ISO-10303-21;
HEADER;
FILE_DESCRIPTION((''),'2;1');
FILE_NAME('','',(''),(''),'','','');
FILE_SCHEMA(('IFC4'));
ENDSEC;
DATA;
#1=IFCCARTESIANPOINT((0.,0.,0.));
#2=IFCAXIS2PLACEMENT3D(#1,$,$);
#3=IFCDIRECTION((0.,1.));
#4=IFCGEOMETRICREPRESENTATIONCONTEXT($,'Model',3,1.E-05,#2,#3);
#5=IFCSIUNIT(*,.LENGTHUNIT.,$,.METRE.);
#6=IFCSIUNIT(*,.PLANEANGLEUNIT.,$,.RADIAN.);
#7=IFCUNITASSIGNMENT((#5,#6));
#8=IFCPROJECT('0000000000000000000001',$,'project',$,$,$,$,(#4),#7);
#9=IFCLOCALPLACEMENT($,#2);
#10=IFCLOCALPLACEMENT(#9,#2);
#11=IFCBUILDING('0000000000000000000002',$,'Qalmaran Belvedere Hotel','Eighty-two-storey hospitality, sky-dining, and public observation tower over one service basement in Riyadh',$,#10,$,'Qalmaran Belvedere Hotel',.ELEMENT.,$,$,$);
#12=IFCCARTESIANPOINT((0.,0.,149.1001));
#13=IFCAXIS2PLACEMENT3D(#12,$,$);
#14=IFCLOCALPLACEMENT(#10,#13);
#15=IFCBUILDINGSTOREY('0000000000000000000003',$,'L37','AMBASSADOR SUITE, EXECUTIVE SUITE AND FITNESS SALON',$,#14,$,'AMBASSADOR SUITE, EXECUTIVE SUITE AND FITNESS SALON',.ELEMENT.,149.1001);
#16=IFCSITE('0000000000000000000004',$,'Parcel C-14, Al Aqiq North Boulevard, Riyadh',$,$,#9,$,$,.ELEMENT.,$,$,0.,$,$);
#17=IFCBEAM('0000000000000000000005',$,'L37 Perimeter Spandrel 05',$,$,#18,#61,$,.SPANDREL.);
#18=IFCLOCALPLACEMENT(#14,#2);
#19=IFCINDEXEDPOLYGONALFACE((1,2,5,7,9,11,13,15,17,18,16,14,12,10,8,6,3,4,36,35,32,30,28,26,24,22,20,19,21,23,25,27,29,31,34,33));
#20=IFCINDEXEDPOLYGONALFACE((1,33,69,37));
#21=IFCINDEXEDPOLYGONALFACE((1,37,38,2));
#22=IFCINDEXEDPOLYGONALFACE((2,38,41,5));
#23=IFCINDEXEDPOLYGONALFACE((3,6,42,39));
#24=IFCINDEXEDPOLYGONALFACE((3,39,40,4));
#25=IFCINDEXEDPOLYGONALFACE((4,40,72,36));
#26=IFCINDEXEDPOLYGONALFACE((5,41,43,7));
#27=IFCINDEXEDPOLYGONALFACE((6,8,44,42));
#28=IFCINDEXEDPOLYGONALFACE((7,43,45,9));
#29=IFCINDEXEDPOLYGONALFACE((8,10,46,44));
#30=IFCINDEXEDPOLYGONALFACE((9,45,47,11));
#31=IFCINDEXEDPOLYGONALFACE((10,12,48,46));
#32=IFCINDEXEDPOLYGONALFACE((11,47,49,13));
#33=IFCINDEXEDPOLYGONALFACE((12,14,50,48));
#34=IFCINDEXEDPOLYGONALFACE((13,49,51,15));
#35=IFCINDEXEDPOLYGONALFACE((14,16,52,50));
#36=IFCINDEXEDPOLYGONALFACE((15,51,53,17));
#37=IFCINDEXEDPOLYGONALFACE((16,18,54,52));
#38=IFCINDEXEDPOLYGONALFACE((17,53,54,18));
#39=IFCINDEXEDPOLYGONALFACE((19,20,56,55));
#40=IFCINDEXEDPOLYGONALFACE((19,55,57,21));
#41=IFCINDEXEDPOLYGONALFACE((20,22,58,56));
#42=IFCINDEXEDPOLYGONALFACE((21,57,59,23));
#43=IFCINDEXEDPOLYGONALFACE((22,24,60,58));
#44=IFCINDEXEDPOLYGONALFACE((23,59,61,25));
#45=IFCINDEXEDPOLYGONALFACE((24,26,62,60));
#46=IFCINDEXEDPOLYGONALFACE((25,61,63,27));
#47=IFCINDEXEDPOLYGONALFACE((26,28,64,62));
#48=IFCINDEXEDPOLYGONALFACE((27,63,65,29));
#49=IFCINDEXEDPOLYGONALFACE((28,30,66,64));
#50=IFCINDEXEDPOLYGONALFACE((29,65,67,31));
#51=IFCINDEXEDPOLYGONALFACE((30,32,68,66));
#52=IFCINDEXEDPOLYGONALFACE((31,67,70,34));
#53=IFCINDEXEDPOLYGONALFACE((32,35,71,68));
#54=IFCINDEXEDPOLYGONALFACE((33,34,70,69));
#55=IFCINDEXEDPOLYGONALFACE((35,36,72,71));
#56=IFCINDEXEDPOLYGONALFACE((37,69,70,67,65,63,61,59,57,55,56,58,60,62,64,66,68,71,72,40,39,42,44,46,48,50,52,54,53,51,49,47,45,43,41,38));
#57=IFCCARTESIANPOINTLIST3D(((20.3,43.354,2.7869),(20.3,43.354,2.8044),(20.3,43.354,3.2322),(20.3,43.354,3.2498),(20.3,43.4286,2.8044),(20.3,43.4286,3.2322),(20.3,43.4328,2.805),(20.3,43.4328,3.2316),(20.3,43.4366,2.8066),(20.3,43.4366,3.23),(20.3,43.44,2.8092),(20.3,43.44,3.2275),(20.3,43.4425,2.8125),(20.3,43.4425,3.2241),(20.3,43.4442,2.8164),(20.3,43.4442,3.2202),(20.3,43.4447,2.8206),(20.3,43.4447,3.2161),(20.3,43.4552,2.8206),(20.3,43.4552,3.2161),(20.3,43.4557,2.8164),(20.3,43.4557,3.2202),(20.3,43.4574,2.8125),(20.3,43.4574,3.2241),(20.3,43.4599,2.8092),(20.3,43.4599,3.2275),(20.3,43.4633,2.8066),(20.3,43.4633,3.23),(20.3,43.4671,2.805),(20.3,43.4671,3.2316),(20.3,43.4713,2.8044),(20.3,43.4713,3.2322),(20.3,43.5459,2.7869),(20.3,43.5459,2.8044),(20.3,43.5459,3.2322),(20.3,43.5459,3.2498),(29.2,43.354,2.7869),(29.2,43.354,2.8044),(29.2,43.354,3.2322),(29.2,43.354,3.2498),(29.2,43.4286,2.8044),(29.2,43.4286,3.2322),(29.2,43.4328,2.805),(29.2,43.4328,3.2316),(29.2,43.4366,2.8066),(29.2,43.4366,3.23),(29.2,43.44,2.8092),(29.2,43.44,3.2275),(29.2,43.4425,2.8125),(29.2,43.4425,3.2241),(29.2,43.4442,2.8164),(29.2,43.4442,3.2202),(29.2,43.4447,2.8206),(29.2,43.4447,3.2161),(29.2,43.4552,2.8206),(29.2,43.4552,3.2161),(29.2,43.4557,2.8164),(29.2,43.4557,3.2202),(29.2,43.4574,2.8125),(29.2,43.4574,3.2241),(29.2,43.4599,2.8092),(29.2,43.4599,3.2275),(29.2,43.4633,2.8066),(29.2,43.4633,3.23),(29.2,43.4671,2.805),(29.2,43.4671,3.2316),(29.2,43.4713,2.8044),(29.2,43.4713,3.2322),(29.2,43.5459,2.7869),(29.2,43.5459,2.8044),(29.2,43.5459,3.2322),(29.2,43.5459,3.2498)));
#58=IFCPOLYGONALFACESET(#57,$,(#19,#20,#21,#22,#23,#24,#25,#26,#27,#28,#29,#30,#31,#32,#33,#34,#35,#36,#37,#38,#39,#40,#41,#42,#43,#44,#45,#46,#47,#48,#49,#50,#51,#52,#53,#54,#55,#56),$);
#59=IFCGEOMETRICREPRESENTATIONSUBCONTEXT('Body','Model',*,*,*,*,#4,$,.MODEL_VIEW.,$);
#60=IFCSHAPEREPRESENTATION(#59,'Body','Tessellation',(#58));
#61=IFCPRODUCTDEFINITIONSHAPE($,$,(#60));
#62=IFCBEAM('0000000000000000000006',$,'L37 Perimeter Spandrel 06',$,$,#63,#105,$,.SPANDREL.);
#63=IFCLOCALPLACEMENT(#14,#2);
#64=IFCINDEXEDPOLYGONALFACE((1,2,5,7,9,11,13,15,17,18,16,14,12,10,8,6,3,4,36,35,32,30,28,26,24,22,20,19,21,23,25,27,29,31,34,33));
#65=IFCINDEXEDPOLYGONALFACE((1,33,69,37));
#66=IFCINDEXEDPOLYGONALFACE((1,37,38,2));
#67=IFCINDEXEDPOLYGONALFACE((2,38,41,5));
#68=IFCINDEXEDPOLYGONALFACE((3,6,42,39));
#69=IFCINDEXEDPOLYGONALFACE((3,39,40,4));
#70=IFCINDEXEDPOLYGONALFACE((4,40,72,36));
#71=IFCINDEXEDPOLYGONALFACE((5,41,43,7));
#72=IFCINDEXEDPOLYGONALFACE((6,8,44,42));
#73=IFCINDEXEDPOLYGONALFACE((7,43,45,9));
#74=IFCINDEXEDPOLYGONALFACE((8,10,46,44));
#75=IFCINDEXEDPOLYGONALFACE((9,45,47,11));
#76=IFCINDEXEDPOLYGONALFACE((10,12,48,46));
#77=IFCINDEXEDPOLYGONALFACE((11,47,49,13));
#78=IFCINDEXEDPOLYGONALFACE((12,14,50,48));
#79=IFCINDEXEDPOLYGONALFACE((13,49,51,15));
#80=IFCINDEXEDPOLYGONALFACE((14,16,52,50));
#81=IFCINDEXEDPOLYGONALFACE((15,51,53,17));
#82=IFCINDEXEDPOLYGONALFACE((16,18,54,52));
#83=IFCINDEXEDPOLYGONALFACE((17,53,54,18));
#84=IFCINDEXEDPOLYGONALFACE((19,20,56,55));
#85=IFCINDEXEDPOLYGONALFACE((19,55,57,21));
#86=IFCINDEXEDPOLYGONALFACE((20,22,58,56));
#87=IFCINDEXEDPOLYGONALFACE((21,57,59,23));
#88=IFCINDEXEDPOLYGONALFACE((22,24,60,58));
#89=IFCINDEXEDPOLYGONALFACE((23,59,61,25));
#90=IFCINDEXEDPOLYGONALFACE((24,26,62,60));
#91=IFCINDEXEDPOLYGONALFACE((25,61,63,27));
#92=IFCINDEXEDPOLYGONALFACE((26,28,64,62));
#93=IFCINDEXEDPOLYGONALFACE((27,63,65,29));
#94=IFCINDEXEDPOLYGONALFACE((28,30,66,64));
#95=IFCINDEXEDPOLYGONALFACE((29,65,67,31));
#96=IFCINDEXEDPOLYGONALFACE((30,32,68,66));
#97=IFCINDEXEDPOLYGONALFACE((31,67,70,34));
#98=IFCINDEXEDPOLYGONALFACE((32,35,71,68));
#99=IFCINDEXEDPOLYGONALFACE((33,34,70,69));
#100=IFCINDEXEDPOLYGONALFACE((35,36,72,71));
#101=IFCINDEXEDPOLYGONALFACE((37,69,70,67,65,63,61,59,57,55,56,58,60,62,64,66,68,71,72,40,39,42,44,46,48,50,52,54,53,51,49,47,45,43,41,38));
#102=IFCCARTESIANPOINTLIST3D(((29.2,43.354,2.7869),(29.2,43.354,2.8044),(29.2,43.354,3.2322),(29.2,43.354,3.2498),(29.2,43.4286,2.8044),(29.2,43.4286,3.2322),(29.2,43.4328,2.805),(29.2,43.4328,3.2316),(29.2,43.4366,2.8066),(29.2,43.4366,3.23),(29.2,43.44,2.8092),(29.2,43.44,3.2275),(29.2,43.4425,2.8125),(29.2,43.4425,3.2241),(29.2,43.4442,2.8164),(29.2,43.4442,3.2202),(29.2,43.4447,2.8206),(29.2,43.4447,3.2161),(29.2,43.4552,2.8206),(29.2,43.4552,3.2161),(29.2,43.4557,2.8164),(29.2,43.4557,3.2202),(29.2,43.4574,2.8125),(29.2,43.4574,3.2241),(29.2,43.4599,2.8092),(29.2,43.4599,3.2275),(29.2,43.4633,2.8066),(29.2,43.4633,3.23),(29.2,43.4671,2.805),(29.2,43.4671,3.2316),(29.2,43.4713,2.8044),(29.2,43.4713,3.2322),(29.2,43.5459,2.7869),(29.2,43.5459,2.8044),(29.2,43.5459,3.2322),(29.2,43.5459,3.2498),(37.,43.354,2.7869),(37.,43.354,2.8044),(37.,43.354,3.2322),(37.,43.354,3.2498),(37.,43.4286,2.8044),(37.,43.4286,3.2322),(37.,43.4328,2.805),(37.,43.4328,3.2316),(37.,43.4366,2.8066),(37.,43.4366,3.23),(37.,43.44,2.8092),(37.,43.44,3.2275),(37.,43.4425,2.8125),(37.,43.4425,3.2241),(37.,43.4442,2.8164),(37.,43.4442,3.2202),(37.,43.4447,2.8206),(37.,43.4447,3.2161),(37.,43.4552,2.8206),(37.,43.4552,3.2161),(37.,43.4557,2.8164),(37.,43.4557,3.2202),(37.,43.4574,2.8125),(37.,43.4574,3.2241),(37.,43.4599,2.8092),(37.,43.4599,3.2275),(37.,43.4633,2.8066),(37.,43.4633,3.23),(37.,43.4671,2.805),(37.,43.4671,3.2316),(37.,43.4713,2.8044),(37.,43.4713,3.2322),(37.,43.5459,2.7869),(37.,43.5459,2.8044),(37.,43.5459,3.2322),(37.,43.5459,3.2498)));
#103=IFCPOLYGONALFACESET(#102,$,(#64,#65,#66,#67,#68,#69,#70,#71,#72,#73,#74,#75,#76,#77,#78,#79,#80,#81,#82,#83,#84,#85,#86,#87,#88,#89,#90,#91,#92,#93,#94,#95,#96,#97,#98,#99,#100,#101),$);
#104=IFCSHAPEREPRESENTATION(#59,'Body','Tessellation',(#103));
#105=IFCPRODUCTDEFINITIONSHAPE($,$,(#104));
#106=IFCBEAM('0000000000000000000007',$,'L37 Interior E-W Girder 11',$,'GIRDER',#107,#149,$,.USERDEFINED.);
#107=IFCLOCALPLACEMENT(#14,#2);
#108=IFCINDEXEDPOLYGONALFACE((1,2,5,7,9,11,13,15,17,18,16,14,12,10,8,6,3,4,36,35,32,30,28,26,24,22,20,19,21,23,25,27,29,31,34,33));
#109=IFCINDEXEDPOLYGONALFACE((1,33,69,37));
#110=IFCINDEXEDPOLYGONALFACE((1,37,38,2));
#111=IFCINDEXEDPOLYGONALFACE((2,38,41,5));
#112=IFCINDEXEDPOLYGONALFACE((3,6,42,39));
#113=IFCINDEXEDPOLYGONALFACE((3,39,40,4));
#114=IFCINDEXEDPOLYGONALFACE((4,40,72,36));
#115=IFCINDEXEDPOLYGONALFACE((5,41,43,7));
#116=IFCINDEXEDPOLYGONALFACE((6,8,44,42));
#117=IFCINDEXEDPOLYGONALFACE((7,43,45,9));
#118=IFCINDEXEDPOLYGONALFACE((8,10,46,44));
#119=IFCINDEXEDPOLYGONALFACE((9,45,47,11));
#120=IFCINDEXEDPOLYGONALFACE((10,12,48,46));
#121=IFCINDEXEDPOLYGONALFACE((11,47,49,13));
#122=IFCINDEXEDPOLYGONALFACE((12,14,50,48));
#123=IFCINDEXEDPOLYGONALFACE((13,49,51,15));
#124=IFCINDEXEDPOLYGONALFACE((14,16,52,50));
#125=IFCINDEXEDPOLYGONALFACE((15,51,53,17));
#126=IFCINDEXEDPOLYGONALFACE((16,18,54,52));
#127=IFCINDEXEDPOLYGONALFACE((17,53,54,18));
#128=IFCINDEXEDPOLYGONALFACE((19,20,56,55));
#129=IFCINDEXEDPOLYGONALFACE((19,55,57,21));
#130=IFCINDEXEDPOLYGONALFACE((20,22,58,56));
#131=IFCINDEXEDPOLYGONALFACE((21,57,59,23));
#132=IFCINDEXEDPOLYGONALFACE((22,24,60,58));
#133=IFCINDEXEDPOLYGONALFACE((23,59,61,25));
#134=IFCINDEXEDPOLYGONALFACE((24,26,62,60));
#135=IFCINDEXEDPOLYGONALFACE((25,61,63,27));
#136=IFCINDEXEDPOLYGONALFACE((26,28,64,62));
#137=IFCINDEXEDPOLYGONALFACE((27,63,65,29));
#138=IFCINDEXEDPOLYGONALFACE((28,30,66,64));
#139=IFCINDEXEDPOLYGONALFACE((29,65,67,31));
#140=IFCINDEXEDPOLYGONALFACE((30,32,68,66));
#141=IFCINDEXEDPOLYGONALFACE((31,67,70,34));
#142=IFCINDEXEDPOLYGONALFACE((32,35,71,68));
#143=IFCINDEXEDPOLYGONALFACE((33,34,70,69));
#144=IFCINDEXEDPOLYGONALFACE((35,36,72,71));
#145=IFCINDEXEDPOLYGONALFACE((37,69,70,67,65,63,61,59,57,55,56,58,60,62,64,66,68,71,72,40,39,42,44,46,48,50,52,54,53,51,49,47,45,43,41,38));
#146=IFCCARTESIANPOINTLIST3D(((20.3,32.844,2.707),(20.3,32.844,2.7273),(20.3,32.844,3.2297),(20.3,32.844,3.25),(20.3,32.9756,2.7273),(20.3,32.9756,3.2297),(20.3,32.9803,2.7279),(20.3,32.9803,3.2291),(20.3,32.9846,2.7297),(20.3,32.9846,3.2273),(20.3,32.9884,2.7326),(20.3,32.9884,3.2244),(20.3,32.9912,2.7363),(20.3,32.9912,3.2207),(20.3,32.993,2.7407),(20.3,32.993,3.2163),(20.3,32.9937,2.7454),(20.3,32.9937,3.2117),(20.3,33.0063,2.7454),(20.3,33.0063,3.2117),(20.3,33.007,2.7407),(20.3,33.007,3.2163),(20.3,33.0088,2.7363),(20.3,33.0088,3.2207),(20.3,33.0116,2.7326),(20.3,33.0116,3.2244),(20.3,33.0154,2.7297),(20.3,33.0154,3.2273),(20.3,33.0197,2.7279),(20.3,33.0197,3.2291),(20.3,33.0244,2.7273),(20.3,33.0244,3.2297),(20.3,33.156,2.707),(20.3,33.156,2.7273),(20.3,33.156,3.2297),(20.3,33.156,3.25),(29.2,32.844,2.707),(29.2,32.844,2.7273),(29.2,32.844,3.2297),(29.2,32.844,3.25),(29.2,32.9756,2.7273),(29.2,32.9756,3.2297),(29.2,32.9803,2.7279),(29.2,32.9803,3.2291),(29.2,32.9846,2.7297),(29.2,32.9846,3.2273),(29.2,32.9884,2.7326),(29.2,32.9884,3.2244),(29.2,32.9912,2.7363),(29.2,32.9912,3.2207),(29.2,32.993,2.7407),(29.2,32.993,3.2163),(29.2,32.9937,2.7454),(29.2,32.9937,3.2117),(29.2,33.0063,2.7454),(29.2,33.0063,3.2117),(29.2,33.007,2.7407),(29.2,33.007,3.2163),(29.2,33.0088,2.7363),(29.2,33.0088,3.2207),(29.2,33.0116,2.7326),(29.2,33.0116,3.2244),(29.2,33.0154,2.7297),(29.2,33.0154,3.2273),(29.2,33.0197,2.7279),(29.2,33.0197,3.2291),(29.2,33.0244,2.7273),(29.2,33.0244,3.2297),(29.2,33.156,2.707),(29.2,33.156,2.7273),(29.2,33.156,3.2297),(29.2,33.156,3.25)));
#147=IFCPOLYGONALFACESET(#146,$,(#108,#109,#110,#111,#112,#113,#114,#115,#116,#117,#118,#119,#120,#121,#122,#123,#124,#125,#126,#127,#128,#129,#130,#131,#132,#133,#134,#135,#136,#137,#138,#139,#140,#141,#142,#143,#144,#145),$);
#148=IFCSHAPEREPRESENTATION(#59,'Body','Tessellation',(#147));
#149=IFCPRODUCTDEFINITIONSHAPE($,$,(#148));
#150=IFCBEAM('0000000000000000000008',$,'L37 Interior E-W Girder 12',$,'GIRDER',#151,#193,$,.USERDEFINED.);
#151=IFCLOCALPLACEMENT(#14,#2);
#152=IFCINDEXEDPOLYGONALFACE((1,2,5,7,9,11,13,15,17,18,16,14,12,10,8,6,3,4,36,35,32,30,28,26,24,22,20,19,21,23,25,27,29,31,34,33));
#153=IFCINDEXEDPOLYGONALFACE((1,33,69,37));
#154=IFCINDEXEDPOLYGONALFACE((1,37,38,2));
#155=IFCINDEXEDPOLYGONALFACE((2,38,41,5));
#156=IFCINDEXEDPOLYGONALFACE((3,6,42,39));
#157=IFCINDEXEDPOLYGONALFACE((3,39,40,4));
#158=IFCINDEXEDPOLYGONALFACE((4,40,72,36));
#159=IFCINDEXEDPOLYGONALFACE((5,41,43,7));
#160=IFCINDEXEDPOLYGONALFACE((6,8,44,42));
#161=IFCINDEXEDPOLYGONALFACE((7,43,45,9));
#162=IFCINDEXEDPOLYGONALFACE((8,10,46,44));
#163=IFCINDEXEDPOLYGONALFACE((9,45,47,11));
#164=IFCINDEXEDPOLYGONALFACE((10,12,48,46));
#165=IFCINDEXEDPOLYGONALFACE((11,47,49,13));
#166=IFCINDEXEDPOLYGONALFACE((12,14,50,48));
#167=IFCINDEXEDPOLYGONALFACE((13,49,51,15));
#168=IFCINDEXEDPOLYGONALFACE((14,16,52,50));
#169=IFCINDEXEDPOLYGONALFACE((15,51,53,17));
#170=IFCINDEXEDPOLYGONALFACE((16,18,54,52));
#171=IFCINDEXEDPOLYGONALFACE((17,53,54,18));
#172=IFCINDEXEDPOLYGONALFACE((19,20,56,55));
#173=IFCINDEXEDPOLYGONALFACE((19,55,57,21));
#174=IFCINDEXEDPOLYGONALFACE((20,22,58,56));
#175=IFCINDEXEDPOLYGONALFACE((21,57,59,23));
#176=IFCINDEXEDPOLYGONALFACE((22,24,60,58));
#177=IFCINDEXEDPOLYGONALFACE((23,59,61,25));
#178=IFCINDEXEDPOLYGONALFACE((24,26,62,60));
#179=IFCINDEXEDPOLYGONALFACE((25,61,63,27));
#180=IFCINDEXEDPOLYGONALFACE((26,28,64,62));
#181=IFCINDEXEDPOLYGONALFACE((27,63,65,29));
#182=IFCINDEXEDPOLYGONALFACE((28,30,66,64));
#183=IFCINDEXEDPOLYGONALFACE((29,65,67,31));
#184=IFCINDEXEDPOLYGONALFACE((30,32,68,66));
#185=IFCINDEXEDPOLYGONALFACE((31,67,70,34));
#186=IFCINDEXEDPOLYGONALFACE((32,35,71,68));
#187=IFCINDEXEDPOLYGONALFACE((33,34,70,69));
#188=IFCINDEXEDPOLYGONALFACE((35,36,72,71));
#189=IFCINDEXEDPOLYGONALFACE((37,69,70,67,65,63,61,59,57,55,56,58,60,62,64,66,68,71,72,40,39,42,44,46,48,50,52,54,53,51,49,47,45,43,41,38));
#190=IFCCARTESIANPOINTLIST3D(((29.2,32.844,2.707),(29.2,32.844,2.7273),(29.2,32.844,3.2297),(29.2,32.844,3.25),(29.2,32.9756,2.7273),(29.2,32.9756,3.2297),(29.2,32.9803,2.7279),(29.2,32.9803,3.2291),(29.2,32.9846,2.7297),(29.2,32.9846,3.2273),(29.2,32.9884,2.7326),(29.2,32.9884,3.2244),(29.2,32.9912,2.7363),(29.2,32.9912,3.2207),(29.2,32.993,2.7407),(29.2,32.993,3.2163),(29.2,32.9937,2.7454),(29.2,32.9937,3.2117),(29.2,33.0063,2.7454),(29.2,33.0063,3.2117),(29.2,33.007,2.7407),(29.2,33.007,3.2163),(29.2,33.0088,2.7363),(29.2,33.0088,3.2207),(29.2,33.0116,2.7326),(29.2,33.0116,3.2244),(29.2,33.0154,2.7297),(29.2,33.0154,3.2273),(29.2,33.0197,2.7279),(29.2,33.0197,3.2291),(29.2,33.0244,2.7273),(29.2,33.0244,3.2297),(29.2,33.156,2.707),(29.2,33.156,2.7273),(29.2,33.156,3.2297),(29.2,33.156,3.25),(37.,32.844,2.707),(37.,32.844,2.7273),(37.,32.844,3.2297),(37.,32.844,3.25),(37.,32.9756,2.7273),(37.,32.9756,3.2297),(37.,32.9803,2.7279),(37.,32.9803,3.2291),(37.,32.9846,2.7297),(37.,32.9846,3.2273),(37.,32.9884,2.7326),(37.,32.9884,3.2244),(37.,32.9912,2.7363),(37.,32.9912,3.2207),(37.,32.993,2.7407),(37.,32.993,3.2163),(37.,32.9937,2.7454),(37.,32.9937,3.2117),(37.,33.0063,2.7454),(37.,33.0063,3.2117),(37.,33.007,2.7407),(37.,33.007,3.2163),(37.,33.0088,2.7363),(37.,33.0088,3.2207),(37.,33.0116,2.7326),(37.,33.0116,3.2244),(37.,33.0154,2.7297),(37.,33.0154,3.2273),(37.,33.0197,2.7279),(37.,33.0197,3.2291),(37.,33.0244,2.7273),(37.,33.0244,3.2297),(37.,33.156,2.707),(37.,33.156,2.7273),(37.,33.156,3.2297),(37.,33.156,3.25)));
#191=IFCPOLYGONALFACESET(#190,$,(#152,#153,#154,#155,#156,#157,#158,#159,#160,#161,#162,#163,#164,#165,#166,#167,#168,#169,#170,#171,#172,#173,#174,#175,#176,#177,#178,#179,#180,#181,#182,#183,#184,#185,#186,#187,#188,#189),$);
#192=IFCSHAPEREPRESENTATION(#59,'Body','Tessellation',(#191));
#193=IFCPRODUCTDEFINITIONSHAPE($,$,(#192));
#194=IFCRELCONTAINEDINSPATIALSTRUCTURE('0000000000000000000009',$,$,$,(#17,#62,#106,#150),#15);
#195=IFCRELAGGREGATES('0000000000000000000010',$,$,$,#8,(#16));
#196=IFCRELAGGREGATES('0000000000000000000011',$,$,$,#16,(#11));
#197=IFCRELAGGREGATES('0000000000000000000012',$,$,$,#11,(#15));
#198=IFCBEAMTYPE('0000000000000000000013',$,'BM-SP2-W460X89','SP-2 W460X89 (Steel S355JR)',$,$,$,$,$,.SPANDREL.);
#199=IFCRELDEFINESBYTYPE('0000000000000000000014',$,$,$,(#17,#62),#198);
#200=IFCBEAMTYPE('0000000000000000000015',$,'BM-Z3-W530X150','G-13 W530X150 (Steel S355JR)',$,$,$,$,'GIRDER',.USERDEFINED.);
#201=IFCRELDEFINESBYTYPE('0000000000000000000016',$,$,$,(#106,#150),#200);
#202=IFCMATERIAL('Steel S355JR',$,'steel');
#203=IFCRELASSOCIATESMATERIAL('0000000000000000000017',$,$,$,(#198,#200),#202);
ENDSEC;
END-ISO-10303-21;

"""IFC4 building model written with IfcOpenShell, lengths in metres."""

from ifc_helpers import new_model, si_unit, direction, frame, origin, origin_2d, place, context, subcontext, project, spatial, i_section, extrude, material, material_profile, profile_set, type_object, element, save


model = new_model("IFC4")

# Units and contexts
model_context = context("Model", 3, precision=1e-05, world=origin(), true_north=direction((0.0, 1.0)))
body_context = subcontext(model_context, "Body", "Model", "MODEL_VIEW")
ifc_project = project(units=[si_unit("LENGTHUNIT", "METRE"), si_unit("PLANEANGLEUNIT", "RADIAN")], contexts=[model_context])

# Site, building, storey
site_placement = place(None, origin())
site = spatial("IfcSite", under=ifc_project, at=site_placement, Name="Parcel C-14, Al Aqiq North Boulevard, Riyadh", CompositionType="ELEMENT", RefElevation=0.0)
building_placement = place(site_placement, origin())
building = spatial("IfcBuilding", under=site, at=building_placement, Name="Qalmaran Belvedere Hotel", Description="Eighty-two-storey hospitality, sky-dining, and public observation tower over one service basement in Riyadh", LongName="Qalmaran Belvedere Hotel", CompositionType="ELEMENT")
storey_placement = place(building_placement, frame((0.0, 0.0, 149.1001)))
storey = spatial("IfcBuildingStorey", under=building, at=storey_placement, Name="L37", Description="AMBASSADOR SUITE, EXECUTIVE SUITE AND FITNESS SALON", LongName="AMBASSADOR SUITE, EXECUTIVE SUITE AND FITNESS SALON", CompositionType="ELEMENT", Elevation=149.1001)

# Beams
ifc_material_1 = material(Name="Steel S355JR", Category="steel")
ifc_material_profile_1 = material_profile(ifc_material_1, i_section(OverallWidth=0.1919, OverallDepth=0.4629, WebThickness=0.0105, FlangeThickness=0.0176, FilletRadius=0.0161, at=origin_2d()), Name="W460X89")
ifc_profile_set_1 = profile_set([ifc_material_profile_1], Name="Steel S355JR")
beam_type_1 = type_object("IfcBeamType", Name="BM-SP2-W460X89", Description="SP-2 W460X89 (Steel S355JR)", PredefinedType="SPANDREL", material=ifc_profile_set_1)
beam_1_placement = place(storey_placement, frame((20.3, 43.45, 3.0183), z_axis=(1.0, 0.0, 0.0), x_axis=(0.0, 1.0, 0.0)))
element("IfcBeam", 1, at=beam_1_placement, inside=storey, type_object=beam_type_1, Name="L37 Perimeter Spandrel 05", PredefinedType="SPANDREL", context=body_context, shape_type="SweptSolid", body=[
    extrude(i_section(OverallWidth=0.1919, OverallDepth=0.4629, WebThickness=0.0105, FlangeThickness=0.0176, FilletRadius=0.0161, at=origin_2d()), origin(), (0.0, 0.0, 1.0), 8.8999),
])
beam_2_placement = place(storey_placement, frame((29.2, 43.45, 3.0183), z_axis=(1.0, 0.0, 0.0), x_axis=(0.0, 1.0, 0.0)))
element("IfcBeam", 2, at=beam_2_placement, inside=storey, type_object=beam_type_1, Name="L37 Perimeter Spandrel 06", PredefinedType="SPANDREL", context=body_context, shape_type="SweptSolid", body=[
    extrude(i_section(OverallWidth=0.1919, OverallDepth=0.4629, WebThickness=0.0105, FlangeThickness=0.0176, FilletRadius=0.0161, at=origin_2d()), origin(), (0.0, 0.0, 1.0), 7.8),
])
ifc_material_profile_2 = material_profile(ifc_material_1, i_section(OverallWidth=0.312, OverallDepth=0.543, WebThickness=0.0127, FlangeThickness=0.0203, FilletRadius=0.0181, at=origin_2d()), Name="W530X150")
ifc_profile_set_2 = profile_set([ifc_material_profile_2], Name="Steel S355JR")
beam_type_2 = type_object("IfcBeamType", Name="BM-Z3-W530X150", Description="G-13 W530X150 (Steel S355JR)", ElementType="GIRDER", PredefinedType="USERDEFINED", material=ifc_profile_set_2)
beam_3_placement = place(storey_placement, frame((20.3, 33.0, 2.9785), z_axis=(1.0, 0.0, 0.0), x_axis=(0.0, 1.0, 0.0)))
element("IfcBeam", 3, at=beam_3_placement, inside=storey, type_object=beam_type_2, Name="L37 Interior E-W Girder 11", ObjectType="GIRDER", PredefinedType="USERDEFINED", context=body_context, shape_type="SweptSolid", body=[
    extrude(i_section(OverallWidth=0.312, OverallDepth=0.543, WebThickness=0.0127, FlangeThickness=0.0203, FilletRadius=0.0181, at=origin_2d()), origin(), (0.0, 0.0, 1.0), 8.8999),
])
beam_4_placement = place(storey_placement, frame((29.2, 33.0, 2.9785), z_axis=(1.0, 0.0, 0.0), x_axis=(0.0, 1.0, 0.0)))
element("IfcBeam", 4, at=beam_4_placement, inside=storey, type_object=beam_type_2, Name="L37 Interior E-W Girder 12", ObjectType="GIRDER", PredefinedType="USERDEFINED", context=body_context, shape_type="SweptSolid", body=[
    extrude(i_section(OverallWidth=0.312, OverallDepth=0.543, WebThickness=0.0127, FlangeThickness=0.0203, FilletRadius=0.0181, at=origin_2d()), origin(), (0.0, 0.0, 1.0), 7.8),
])

save(model, "model.ifc")
